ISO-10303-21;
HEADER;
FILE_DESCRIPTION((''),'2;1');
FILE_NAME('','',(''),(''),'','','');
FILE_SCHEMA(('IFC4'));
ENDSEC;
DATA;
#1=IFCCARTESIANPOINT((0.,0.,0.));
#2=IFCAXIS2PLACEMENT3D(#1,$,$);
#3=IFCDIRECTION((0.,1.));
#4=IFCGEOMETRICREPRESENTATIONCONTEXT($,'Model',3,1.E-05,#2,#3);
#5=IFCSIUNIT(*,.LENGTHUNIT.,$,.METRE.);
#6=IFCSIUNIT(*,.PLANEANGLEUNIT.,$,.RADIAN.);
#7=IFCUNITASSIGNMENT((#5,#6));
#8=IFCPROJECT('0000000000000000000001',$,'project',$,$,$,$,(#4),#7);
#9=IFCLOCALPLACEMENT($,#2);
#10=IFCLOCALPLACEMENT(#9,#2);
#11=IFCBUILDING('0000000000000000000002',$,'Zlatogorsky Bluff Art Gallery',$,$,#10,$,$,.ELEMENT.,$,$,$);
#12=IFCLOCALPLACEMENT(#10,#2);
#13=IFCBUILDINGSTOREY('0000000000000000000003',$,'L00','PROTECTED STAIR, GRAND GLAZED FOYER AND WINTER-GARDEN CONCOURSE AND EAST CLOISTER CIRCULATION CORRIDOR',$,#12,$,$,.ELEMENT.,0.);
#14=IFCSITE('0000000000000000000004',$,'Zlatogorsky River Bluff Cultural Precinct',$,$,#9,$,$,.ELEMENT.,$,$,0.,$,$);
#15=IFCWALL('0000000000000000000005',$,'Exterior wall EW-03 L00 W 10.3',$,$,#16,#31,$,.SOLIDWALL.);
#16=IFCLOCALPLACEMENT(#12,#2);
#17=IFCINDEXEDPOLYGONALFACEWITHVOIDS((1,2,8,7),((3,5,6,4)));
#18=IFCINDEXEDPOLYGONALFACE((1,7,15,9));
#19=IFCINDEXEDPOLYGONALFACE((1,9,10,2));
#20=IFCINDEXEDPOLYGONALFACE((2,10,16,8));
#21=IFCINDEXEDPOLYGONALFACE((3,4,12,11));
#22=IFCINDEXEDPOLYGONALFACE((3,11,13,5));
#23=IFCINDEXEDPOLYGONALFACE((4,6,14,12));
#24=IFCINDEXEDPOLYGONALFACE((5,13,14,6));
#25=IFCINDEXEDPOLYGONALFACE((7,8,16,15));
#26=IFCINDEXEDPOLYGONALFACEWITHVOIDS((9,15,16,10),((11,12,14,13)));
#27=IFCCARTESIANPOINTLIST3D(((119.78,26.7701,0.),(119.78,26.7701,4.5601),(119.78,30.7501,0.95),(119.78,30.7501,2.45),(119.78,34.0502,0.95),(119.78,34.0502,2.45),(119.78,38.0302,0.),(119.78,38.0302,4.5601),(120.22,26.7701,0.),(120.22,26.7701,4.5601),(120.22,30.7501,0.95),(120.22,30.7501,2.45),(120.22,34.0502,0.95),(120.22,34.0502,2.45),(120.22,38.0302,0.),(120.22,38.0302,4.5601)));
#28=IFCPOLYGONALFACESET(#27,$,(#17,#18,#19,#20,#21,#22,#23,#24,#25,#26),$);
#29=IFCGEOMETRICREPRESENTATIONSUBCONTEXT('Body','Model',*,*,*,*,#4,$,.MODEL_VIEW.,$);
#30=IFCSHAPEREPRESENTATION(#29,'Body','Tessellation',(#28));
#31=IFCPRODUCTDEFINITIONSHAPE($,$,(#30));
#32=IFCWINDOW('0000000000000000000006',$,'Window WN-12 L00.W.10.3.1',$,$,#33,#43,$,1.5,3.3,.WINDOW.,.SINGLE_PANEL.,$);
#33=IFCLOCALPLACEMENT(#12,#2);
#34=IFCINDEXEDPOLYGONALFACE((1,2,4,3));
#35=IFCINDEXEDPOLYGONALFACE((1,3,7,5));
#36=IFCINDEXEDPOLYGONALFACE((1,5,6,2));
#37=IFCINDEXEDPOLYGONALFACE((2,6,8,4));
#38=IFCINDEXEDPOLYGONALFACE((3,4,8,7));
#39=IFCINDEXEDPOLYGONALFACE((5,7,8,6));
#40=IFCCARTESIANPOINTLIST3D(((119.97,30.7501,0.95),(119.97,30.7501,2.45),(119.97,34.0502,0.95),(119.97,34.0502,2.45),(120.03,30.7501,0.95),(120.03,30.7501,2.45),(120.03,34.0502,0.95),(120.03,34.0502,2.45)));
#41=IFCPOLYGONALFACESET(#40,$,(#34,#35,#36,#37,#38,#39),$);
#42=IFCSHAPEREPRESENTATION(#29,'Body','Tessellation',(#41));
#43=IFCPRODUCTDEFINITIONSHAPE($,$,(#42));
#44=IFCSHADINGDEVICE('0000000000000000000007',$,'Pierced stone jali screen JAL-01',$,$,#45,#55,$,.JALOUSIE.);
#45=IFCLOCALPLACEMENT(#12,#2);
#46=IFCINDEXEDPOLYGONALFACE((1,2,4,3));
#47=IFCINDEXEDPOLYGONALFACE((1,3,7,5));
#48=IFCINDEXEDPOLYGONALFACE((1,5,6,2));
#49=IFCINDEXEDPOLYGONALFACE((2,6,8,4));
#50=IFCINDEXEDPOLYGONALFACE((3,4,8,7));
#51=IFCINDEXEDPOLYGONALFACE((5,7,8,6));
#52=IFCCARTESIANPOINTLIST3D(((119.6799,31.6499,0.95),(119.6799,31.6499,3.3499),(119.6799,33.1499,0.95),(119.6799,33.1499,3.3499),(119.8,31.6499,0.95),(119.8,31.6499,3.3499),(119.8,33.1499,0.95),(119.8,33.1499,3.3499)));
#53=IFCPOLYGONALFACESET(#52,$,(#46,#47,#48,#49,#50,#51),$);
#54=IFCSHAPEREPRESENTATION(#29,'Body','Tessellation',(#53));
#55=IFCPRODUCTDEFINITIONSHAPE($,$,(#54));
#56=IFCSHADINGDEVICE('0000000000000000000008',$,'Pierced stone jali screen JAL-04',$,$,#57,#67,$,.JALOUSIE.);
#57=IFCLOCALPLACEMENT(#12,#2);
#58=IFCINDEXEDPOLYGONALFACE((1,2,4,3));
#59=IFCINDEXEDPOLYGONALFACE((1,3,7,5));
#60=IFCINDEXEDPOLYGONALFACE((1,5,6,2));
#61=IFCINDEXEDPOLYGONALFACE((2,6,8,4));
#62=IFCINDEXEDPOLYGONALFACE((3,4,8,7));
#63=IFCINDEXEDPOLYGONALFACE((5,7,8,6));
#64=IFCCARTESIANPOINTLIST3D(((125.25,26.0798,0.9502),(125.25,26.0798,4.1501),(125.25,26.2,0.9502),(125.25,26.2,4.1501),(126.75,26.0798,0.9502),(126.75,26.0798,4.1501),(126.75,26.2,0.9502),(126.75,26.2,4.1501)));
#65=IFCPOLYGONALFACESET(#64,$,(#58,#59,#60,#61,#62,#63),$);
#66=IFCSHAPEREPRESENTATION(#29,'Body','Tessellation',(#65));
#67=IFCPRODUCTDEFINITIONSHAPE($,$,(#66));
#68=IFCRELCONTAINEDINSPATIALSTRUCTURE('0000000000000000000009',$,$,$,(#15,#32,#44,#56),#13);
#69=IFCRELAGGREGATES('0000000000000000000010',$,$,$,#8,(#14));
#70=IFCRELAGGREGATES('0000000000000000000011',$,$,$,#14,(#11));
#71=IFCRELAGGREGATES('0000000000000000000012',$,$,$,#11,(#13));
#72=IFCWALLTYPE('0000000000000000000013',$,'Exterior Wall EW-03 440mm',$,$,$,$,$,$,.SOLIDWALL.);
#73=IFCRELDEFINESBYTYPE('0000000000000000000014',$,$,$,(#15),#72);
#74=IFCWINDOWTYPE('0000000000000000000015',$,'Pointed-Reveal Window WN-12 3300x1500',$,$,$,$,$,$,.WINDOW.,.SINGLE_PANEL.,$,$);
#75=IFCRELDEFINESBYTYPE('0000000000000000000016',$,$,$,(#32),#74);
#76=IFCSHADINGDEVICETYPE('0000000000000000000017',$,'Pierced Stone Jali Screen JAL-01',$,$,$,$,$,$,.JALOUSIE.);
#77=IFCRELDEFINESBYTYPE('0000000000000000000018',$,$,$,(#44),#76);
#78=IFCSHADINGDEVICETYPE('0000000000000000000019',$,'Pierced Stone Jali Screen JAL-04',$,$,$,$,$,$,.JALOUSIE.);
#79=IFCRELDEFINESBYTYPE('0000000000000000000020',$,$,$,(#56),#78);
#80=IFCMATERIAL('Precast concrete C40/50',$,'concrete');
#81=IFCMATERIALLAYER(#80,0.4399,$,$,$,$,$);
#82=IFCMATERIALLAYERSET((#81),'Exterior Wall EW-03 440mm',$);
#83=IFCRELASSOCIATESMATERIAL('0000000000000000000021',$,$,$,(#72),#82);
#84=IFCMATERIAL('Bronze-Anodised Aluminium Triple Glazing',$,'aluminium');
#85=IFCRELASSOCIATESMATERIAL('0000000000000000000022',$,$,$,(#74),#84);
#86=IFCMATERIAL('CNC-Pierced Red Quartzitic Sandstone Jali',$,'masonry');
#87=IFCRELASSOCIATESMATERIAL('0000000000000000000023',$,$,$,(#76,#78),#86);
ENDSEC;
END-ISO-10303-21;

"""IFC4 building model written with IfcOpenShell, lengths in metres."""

from ifc_helpers import new_model, si_unit, direction, frame, frame_2d, origin, origin_2d, place, context, subcontext, project, spatial, rectangle, extrude, material, layer, layer_set, type_object, element, fill, save


model = new_model("IFC4")

# Units and contexts
model_context = context("Model", 3, precision=1e-05, world=origin(), true_north=direction((0.0, 1.0)))
body_context = subcontext(model_context, "Body", "Model", "MODEL_VIEW")
ifc_project = project(units=[si_unit("LENGTHUNIT", "METRE"), si_unit("PLANEANGLEUNIT", "RADIAN")], contexts=[model_context])

# Site, building, storey
site_placement = place(None, origin())
site = spatial("IfcSite", under=ifc_project, at=site_placement, Name="Zlatogorsky River Bluff Cultural Precinct", CompositionType="ELEMENT", RefElevation=0.0)
building_placement = place(site_placement, origin())
building = spatial("IfcBuilding", under=site, at=building_placement, Name="Zlatogorsky Bluff Art Gallery", CompositionType="ELEMENT")
storey_placement = place(building_placement, origin())
storey = spatial("IfcBuildingStorey", under=building, at=storey_placement, Name="L00", Description="PROTECTED STAIR, GRAND GLAZED FOYER AND WINTER-GARDEN CONCOURSE AND EAST CLOISTER CIRCULATION CORRIDOR", CompositionType="ELEMENT", Elevation=0.0)

# Wall, opening, window
ifc_material_1 = material(Name="Precast concrete C40/50", Category="concrete")
ifc_layer = layer(ifc_material_1, 0.4399)
ifc_layer_set = layer_set([ifc_layer], Name="Exterior Wall EW-03 440mm")
wall_type = type_object("IfcWallType", Name="Exterior Wall EW-03 440mm", PredefinedType="SOLIDWALL", material=ifc_layer_set)
ifc_material_2 = material(Name="Bronze-Anodised Aluminium Triple Glazing", Category="aluminium")
wall_1_placement = place(storey_placement, frame((120.0, 38.03, 0.0), z_axis=(0.0, 0.0, 1.0), x_axis=(0.0, -1.0, 0.0)))
wall_1 = element("IfcWall", 1, at=wall_1_placement, inside=storey, type_object=wall_type, Name="Exterior wall EW-03 L00 W 10.3", PredefinedType="SOLIDWALL", context=body_context, shape_type="SweptSolid", body=[
    extrude(rectangle(XDim=11.26, YDim=0.4399, at=frame_2d((5.6299, 0.0))), origin(), (0.0, 0.0, 1.0), 4.5601),
])
opening_1_placement = place(wall_1_placement, frame((3.98, 0.0, 0.95)))
opening_1 = element("IfcOpeningElement", 2, at=opening_1_placement, cuts=wall_1, PredefinedType="OPENING", context=body_context, shape_type="SweptSolid", body=[
    extrude(rectangle(XDim=3.3, YDim=1.5, at=frame_2d((1.6499, 0.75))), frame((0.0, 0.23, 0.0), z_axis=(0.0, -1.0, 0.0), x_axis=(1.0, 0.0, 0.0)), (0.0, 0.0, 1.0), 0.46),
])
window_type_1 = type_object("IfcWindowType", Name="Pointed-Reveal Window WN-12 3300x1500", PartitioningType="SINGLE_PANEL", PredefinedType="WINDOW", material=ifc_material_2)
window_1_placement = place(opening_1_placement, origin())
window_1 = element("IfcWindow", 3, at=window_1_placement, inside=storey, type_object=window_type_1, Name="Window WN-12 L00.W.10.3.1", OverallHeight=1.5, OverallWidth=3.3, PartitioningType="SINGLE_PANEL", PredefinedType="WINDOW", context=body_context, shape_type="SweptSolid", body=[
    extrude(rectangle(XDim=3.3, YDim=1.5, at=frame_2d((1.6499, 0.75))), frame((0.0, 0.03, 0.0), z_axis=(0.0, -1.0, 0.0), x_axis=(1.0, 0.0, 0.0)), (0.0, 0.0, 1.0), 0.0601),
])
fill(opening_1, window_1)

# Shading devices
ifc_material_3 = material(Name="CNC-Pierced Red Quartzitic Sandstone Jali", Category="masonry")
shading_device_type_1 = type_object("IfcShadingDeviceType", Name="Pierced Stone Jali Screen JAL-01", PredefinedType="JALOUSIE", material=ifc_material_3)
shading_device_1_placement = place(storey_placement, frame((119.74, 32.3999, 0.95), z_axis=(0.0, 0.0, 1.0), x_axis=(1.0, 0.0, 0.0)))
element("IfcShadingDevice", 4, at=shading_device_1_placement, inside=storey, type_object=shading_device_type_1, Name="Pierced stone jali screen JAL-01", PredefinedType="JALOUSIE", context=body_context, shape_type="SweptSolid", body=[
    extrude(rectangle(XDim=0.1201, YDim=1.5, at=origin_2d()), origin(), (0.0, 0.0, 1.0), 2.3999),
])
shading_device_type_2 = type_object("IfcShadingDeviceType", Name="Pierced Stone Jali Screen JAL-04", PredefinedType="JALOUSIE", material=ifc_material_3)
shading_device_2_placement = place(storey_placement, frame((126.0, 26.1399, 0.9502), z_axis=(0.0, 0.0, 1.0), x_axis=(1.0, 0.0, 0.0)))
element("IfcShadingDevice", 5, at=shading_device_2_placement, inside=storey, type_object=shading_device_type_2, Name="Pierced stone jali screen JAL-04", PredefinedType="JALOUSIE", context=body_context, shape_type="SweptSolid", body=[
    extrude(rectangle(XDim=1.5, YDim=0.1201, at=origin_2d()), origin(), (0.0, 0.0, 1.0), 3.2),
])

save(model, "model.ifc")
